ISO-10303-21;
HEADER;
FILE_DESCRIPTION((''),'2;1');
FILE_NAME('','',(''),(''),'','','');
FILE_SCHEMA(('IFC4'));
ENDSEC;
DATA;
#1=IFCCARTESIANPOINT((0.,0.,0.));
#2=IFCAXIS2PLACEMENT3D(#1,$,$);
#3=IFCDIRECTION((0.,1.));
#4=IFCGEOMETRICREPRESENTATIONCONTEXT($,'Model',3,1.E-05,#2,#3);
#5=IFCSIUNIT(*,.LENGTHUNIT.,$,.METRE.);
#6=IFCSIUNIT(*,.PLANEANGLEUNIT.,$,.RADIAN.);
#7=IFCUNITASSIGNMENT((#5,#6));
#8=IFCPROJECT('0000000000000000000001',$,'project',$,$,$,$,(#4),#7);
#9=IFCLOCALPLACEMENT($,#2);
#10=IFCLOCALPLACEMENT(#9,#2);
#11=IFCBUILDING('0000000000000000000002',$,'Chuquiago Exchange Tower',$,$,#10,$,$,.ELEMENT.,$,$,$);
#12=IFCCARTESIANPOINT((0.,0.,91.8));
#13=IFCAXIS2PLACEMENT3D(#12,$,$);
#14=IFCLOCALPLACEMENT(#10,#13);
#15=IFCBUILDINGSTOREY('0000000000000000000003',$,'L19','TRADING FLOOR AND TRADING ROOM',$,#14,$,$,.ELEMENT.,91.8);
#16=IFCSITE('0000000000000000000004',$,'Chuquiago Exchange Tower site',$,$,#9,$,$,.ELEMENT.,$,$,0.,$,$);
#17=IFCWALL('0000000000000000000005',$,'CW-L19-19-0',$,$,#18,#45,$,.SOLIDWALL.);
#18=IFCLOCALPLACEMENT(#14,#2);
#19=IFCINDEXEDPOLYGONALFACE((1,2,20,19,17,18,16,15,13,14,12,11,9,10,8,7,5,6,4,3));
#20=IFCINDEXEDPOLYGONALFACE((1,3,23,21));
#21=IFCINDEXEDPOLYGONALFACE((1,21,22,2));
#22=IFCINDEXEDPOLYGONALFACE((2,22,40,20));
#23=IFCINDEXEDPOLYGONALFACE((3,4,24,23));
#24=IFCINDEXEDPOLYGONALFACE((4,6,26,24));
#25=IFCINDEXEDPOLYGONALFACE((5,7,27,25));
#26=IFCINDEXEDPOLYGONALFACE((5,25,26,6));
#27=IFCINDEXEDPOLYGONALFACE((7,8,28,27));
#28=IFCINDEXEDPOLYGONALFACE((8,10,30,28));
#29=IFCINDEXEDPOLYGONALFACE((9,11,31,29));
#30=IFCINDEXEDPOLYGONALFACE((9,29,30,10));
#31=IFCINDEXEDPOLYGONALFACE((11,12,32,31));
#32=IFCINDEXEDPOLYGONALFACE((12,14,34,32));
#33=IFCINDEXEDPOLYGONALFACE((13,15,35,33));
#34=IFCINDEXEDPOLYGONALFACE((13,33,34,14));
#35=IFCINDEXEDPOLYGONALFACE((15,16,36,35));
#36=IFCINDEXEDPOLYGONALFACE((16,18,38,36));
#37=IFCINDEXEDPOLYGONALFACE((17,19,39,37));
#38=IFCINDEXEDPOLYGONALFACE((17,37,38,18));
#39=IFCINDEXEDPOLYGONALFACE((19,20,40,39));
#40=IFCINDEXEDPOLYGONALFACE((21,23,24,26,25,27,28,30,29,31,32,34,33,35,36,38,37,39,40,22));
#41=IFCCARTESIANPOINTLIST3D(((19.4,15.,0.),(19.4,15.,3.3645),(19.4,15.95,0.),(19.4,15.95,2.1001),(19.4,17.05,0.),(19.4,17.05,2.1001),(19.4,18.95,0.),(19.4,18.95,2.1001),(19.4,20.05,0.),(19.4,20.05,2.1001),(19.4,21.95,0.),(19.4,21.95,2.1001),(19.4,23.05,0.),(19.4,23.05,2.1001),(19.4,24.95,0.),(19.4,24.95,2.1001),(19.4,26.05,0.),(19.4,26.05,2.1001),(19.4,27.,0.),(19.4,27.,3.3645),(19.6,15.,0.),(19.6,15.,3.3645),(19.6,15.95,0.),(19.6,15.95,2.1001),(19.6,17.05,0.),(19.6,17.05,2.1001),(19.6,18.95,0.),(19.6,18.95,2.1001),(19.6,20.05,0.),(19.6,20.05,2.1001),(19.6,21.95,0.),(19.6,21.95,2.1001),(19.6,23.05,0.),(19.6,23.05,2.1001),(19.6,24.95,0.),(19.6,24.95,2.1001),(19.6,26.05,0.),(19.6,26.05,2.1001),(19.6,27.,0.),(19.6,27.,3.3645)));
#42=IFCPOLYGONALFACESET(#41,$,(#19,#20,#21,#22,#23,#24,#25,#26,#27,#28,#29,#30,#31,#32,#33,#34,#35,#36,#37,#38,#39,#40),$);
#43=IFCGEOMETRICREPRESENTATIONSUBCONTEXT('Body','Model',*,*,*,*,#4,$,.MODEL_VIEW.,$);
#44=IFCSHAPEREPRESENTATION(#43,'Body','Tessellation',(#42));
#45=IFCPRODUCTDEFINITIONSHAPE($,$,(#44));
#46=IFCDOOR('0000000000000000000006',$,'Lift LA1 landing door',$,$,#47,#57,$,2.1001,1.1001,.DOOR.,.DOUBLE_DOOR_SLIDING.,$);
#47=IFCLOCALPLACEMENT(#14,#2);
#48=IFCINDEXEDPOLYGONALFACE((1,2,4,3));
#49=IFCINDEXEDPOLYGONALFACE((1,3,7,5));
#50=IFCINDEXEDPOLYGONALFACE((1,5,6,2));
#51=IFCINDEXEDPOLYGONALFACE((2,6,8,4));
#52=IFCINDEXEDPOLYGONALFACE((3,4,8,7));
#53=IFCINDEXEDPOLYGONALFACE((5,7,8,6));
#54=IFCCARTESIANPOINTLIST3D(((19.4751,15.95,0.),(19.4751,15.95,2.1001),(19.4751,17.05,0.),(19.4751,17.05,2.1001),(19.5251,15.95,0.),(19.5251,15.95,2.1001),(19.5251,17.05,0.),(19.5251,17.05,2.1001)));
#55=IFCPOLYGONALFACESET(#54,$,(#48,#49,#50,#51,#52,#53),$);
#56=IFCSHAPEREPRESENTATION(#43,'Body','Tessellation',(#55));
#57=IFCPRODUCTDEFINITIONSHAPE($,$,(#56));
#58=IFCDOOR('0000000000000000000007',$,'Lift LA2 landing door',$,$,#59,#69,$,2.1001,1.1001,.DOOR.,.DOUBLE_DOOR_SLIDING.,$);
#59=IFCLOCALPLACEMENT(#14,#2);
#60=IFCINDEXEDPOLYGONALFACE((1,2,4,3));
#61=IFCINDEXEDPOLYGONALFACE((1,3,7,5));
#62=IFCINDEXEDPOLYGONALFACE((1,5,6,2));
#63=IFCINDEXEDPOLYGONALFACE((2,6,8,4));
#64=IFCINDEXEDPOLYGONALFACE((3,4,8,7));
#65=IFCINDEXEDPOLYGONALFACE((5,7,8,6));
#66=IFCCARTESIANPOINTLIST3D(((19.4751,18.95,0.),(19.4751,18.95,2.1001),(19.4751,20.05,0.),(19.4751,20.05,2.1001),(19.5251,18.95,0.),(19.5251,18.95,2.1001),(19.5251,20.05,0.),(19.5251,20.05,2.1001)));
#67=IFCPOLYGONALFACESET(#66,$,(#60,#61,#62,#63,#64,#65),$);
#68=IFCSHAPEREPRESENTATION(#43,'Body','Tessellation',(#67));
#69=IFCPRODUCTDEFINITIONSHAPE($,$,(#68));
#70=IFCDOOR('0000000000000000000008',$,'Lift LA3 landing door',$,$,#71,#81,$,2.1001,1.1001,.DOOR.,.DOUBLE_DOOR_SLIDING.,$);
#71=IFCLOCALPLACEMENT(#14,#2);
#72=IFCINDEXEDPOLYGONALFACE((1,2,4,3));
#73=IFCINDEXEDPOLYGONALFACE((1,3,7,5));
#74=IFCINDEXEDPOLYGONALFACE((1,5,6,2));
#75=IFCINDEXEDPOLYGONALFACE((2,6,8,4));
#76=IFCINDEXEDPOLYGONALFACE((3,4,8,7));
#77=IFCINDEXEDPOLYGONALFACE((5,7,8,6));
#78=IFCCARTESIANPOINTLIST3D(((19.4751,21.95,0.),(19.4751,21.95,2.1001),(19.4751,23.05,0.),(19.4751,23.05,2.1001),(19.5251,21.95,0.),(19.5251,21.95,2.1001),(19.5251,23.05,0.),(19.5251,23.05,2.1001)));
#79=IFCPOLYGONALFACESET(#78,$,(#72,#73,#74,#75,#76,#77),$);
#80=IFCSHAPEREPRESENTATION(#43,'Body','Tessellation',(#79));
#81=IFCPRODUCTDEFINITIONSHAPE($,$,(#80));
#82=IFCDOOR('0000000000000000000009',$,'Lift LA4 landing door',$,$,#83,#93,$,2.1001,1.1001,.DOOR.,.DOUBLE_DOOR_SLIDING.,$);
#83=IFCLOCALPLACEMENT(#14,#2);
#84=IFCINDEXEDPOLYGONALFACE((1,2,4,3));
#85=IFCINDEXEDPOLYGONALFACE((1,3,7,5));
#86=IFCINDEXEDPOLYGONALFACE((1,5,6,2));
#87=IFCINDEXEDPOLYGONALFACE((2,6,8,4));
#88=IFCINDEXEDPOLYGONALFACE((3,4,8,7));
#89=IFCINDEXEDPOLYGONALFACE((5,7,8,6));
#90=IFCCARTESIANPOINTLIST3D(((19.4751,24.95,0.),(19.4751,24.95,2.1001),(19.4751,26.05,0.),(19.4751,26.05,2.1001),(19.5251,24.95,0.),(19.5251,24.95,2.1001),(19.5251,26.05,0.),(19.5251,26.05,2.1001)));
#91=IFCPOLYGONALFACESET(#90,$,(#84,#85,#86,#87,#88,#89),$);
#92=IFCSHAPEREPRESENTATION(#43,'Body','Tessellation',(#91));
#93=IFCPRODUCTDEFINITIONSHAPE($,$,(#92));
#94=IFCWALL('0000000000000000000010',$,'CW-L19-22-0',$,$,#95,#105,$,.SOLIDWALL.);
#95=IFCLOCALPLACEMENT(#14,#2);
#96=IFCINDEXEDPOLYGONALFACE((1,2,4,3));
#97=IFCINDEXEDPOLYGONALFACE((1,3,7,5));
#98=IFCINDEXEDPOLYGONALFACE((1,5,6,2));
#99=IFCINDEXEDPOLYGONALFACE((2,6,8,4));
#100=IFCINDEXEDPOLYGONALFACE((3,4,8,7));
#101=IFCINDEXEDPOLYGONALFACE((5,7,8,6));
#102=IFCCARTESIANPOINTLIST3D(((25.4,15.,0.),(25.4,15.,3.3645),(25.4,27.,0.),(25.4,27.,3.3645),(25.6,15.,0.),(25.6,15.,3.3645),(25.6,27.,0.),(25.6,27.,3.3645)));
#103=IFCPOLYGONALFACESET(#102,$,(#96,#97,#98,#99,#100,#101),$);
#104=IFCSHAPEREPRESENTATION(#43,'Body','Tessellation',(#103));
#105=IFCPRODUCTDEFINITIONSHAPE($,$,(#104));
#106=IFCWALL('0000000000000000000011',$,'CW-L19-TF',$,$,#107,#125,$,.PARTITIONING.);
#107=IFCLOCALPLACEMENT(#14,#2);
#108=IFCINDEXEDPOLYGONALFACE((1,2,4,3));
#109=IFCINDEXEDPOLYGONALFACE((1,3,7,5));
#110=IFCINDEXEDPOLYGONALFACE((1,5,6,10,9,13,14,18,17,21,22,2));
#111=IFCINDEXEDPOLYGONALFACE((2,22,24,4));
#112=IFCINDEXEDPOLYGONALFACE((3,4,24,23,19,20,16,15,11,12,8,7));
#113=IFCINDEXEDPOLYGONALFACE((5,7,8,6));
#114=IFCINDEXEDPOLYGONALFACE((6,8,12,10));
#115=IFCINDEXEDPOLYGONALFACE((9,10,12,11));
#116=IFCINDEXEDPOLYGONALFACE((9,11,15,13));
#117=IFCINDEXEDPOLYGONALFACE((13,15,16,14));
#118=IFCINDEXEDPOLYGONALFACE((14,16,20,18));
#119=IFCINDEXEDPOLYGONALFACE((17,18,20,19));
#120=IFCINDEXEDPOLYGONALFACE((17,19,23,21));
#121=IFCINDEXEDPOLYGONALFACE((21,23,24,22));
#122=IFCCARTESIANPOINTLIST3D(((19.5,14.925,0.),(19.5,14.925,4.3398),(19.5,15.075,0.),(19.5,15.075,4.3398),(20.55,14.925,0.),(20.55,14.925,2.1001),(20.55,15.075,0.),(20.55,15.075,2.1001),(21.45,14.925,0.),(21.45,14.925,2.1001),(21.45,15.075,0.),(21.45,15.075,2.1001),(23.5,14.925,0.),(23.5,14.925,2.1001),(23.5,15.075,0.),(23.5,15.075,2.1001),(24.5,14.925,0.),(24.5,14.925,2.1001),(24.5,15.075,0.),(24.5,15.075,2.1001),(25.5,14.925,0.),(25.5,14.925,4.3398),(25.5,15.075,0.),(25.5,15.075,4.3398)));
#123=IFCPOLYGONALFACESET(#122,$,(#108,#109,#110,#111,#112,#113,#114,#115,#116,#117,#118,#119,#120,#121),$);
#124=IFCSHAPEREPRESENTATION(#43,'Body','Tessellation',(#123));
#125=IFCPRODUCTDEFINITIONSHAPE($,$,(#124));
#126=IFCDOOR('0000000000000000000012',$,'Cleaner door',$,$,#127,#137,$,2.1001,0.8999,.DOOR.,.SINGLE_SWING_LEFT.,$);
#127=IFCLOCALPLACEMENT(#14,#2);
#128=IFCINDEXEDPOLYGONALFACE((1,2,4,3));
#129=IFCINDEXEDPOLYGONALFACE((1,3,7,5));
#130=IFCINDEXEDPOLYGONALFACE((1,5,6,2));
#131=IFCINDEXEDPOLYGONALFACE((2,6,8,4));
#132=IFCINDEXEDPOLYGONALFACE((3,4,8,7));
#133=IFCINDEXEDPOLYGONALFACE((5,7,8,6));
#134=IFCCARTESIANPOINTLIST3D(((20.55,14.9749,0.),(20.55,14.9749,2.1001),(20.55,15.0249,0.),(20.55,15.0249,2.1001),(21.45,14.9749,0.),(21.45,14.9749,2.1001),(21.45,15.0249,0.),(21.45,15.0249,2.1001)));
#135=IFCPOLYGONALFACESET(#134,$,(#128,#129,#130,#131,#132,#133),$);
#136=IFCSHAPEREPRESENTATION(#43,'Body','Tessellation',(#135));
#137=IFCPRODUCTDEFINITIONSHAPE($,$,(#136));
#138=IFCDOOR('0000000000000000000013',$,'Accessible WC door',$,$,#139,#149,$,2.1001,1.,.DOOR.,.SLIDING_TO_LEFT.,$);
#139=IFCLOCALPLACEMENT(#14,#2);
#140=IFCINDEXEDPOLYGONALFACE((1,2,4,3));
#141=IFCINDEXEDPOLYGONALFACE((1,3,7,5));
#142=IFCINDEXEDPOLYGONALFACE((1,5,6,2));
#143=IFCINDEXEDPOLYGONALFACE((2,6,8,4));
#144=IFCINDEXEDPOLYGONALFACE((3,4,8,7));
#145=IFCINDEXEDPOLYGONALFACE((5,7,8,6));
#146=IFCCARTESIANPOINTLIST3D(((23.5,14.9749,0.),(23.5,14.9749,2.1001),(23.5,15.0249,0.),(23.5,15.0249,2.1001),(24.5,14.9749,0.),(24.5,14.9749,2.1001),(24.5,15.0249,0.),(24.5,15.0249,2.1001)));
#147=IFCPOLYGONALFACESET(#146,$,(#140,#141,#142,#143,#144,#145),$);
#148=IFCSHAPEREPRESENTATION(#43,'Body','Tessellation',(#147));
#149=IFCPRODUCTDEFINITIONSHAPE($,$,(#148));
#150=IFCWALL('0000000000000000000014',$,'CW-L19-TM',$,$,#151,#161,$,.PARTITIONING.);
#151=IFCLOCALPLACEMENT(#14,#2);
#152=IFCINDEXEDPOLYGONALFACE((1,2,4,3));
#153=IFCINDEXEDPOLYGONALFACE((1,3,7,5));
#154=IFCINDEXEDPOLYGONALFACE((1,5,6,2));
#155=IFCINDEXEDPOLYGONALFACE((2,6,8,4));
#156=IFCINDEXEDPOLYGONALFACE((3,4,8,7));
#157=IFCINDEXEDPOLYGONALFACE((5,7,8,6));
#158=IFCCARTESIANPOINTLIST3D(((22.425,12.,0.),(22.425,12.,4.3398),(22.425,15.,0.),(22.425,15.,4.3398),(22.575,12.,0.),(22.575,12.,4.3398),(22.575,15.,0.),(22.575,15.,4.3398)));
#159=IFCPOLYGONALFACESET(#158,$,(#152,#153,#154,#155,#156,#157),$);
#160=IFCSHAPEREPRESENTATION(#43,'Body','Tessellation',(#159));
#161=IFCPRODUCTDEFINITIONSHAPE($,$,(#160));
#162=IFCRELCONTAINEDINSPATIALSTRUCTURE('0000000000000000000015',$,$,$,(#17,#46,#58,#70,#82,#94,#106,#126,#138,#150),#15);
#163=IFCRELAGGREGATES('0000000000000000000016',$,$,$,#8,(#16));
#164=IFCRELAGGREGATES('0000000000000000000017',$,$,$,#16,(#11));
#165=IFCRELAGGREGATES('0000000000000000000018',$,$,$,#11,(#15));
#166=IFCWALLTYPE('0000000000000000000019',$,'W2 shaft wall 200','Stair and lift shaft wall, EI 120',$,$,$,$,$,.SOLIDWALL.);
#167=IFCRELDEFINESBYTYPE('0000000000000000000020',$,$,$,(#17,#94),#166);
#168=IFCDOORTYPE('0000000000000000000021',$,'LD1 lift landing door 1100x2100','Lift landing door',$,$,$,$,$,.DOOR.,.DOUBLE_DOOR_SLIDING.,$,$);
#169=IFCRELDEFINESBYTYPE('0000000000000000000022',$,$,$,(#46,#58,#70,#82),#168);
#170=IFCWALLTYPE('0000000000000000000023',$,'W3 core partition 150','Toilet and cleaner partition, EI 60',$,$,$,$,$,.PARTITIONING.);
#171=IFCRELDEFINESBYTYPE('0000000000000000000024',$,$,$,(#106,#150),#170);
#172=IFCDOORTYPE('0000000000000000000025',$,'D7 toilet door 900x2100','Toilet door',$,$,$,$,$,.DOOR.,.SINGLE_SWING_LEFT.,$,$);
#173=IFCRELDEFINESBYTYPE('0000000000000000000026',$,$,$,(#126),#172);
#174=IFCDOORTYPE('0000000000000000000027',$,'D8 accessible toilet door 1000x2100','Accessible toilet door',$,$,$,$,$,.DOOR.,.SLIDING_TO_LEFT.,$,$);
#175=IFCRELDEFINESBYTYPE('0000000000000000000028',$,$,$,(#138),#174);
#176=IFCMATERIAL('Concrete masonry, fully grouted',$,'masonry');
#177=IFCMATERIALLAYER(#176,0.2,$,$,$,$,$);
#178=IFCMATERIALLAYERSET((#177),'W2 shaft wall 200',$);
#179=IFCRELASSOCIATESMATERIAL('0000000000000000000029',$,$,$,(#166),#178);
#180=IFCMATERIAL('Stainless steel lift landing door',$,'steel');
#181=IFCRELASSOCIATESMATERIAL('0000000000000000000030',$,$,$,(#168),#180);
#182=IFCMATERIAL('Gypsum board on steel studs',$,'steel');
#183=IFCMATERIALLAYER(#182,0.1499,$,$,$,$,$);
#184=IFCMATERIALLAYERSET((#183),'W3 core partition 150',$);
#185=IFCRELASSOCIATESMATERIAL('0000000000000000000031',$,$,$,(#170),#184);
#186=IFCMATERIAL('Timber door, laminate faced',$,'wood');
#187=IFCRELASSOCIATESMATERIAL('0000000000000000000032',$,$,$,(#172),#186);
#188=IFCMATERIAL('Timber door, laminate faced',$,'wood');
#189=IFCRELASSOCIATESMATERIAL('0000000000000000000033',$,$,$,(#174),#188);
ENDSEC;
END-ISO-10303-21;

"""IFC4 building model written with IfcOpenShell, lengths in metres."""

from ifc_helpers import new_model, si_unit, direction, frame, frame_2d, origin, place, context, subcontext, project, spatial, rectangle, extrude, material, layer, layer_set, type_object, element, fill, save


model = new_model("IFC4")

# Units and contexts
model_context = context("Model", 3, precision=1e-05, world=origin(), true_north=direction((0.0, 1.0)))
body_context = subcontext(model_context, "Body", "Model", "MODEL_VIEW")
ifc_project = project(units=[si_unit("LENGTHUNIT", "METRE"), si_unit("PLANEANGLEUNIT", "RADIAN")], contexts=[model_context])

# Site, building, storey
site_placement = place(None, origin())
site = spatial("IfcSite", under=ifc_project, at=site_placement, Name="Chuquiago Exchange Tower site", CompositionType="ELEMENT", RefElevation=0.0)
building_placement = place(site_placement, origin())
building = spatial("IfcBuilding", under=site, at=building_placement, Name="Chuquiago Exchange Tower", CompositionType="ELEMENT")
storey_placement = place(building_placement, frame((0.0, 0.0, 91.8)))
storey = spatial("IfcBuildingStorey", under=building, at=storey_placement, Name="L19", Description="TRADING FLOOR AND TRADING ROOM", CompositionType="ELEMENT", Elevation=91.8)

# Shared definitions
ifc_material_1 = material(Name="Concrete masonry, fully grouted", Category="masonry")
ifc_layer_1 = layer(ifc_material_1, 0.2)
ifc_layer_set_1 = layer_set([ifc_layer_1], Name="W2 shaft wall 200")
wall_type_1 = type_object("IfcWallType", Name="W2 shaft wall 200", Description="Stair and lift shaft wall, EI 120", PredefinedType="SOLIDWALL", material=ifc_layer_set_1)

# Wall, openings, doors
wall_1_placement = place(storey_placement, frame((19.5, 15.0, 0.0), z_axis=(0.0, 0.0, 1.0), x_axis=(0.0, 1.0, 0.0)))
wall_1 = element("IfcWall", 1, at=wall_1_placement, inside=storey, type_object=wall_type_1, Name="CW-L19-19-0", PredefinedType="SOLIDWALL", context=body_context, shape_type="SweptSolid", body=[
    extrude(rectangle(XDim=12.0, YDim=0.2, at=frame_2d((6.0, 0.0))), origin(), (0.0, 0.0, 1.0), 3.3645),
])
opening_1_placement = place(wall_1_placement, frame((0.95, 0.0, 0.0)))
opening_1 = element("IfcOpeningElement", 2, at=opening_1_placement, cuts=wall_1, PredefinedType="OPENING", context=body_context, shape_type="SweptSolid", body=[
    extrude(rectangle(XDim=1.1001, YDim=2.1001, at=frame_2d((0.55, 1.05))), frame((0.0, 0.1099, 0.0), z_axis=(0.0, -1.0, 0.0), x_axis=(1.0, 0.0, 0.0)), (0.0, 0.0, 1.0), 0.22),
])
opening_2_placement = place(wall_1_placement, frame((3.95, 0.0, 0.0)))
opening_2 = element("IfcOpeningElement", 3, at=opening_2_placement, cuts=wall_1, PredefinedType="OPENING", context=body_context, shape_type="SweptSolid", body=[
    extrude(rectangle(XDim=1.1001, YDim=2.1001, at=frame_2d((0.55, 1.05))), frame((0.0, 0.1099, 0.0), z_axis=(0.0, -1.0, 0.0), x_axis=(1.0, 0.0, 0.0)), (0.0, 0.0, 1.0), 0.22),
])
opening_3_placement = place(wall_1_placement, frame((6.95, 0.0, 0.0)))
opening_3 = element("IfcOpeningElement", 4, at=opening_3_placement, cuts=wall_1, PredefinedType="OPENING", context=body_context, shape_type="SweptSolid", body=[
    extrude(rectangle(XDim=1.1001, YDim=2.1001, at=frame_2d((0.55, 1.05))), frame((0.0, 0.1099, 0.0), z_axis=(0.0, -1.0, 0.0), x_axis=(1.0, 0.0, 0.0)), (0.0, 0.0, 1.0), 0.22),
])
opening_4_placement = place(wall_1_placement, frame((9.95, 0.0, 0.0)))
opening_4 = element("IfcOpeningElement", 5, at=opening_4_placement, cuts=wall_1, PredefinedType="OPENING", context=body_context, shape_type="SweptSolid", body=[
    extrude(rectangle(XDim=1.1001, YDim=2.1001, at=frame_2d((0.55, 1.05))), frame((0.0, 0.1099, 0.0), z_axis=(0.0, -1.0, 0.0), x_axis=(1.0, 0.0, 0.0)), (0.0, 0.0, 1.0), 0.22),
])
ifc_material_2 = material(Name="Stainless steel lift landing door", Category="steel")
door_type_1 = type_object("IfcDoorType", Name="LD1 lift landing door 1100x2100", Description="Lift landing door", OperationType="DOUBLE_DOOR_SLIDING", PredefinedType="DOOR", material=ifc_material_2)
door_1_placement = place(opening_1_placement, origin())
door_1 = element("IfcDoor", 6, at=door_1_placement, inside=storey, type_object=door_type_1, Name="Lift LA1 landing door", OperationType="DOUBLE_DOOR_SLIDING", OverallHeight=2.1001, OverallWidth=1.1001, PredefinedType="DOOR", context=body_context, shape_type="SweptSolid", body=[
    extrude(rectangle(XDim=1.1001, YDim=2.1001, at=frame_2d((0.55, 1.05))), frame((0.0, 0.0249, 0.0), z_axis=(0.0, -1.0, 0.0), x_axis=(1.0, 0.0, 0.0)), (0.0, 0.0, 1.0), 0.05),
])
fill(opening_1, door_1)
door_2_placement = place(opening_2_placement, origin())
door_2 = element("IfcDoor", 7, at=door_2_placement, inside=storey, type_object=door_type_1, Name="Lift LA2 landing door", OperationType="DOUBLE_DOOR_SLIDING", OverallHeight=2.1001, OverallWidth=1.1001, PredefinedType="DOOR", context=body_context, shape_type="SweptSolid", body=[
    extrude(rectangle(XDim=1.1001, YDim=2.1001, at=frame_2d((0.55, 1.05))), frame((0.0, 0.0249, 0.0), z_axis=(0.0, -1.0, 0.0), x_axis=(1.0, 0.0, 0.0)), (0.0, 0.0, 1.0), 0.05),
])
fill(opening_2, door_2)
door_3_placement = place(opening_3_placement, origin())
door_3 = element("IfcDoor", 8, at=door_3_placement, inside=storey, type_object=door_type_1, Name="Lift LA3 landing door", OperationType="DOUBLE_DOOR_SLIDING", OverallHeight=2.1001, OverallWidth=1.1001, PredefinedType="DOOR", context=body_context, shape_type="SweptSolid", body=[
    extrude(rectangle(XDim=1.1001, YDim=2.1001, at=frame_2d((0.55, 1.05))), frame((0.0, 0.0249, 0.0), z_axis=(0.0, -1.0, 0.0), x_axis=(1.0, 0.0, 0.0)), (0.0, 0.0, 1.0), 0.05),
])
fill(opening_3, door_3)
door_4_placement = place(opening_4_placement, origin())
door_4 = element("IfcDoor", 9, at=door_4_placement, inside=storey, type_object=door_type_1, Name="Lift LA4 landing door", OperationType="DOUBLE_DOOR_SLIDING", OverallHeight=2.1001, OverallWidth=1.1001, PredefinedType="DOOR", context=body_context, shape_type="SweptSolid", body=[
    extrude(rectangle(XDim=1.1001, YDim=2.1001, at=frame_2d((0.55, 1.05))), frame((0.0, 0.0249, 0.0), z_axis=(0.0, -1.0, 0.0), x_axis=(1.0, 0.0, 0.0)), (0.0, 0.0, 1.0), 0.05),
])
fill(opening_4, door_4)

# Wall
wall_2_placement = place(storey_placement, frame((25.5, 15.0, 0.0), z_axis=(0.0, 0.0, 1.0), x_axis=(0.0, 1.0, 0.0)))
element("IfcWall", 10, at=wall_2_placement, inside=storey, type_object=wall_type_1, Name="CW-L19-22-0", PredefinedType="SOLIDWALL", context=body_context, shape_type="SweptSolid", body=[
    extrude(rectangle(XDim=12.0, YDim=0.2, at=frame_2d((6.0, 0.0))), origin(), (0.0, 0.0, 1.0), 3.3645),
])

# Wall, openings, doors
ifc_material_3 = material(Name="Gypsum board on steel studs", Category="steel")
ifc_layer_2 = layer(ifc_material_3, 0.1499)
ifc_layer_set_2 = layer_set([ifc_layer_2], Name="W3 core partition 150")
wall_type_2 = type_object("IfcWallType", Name="W3 core partition 150", Description="Toilet and cleaner partition, EI 60", PredefinedType="PARTITIONING", material=ifc_layer_set_2)
wall_3_placement = place(storey_placement, frame((19.5, 15.0, 0.0), z_axis=(0.0, 0.0, 1.0), x_axis=(1.0, 0.0, 0.0)))
wall_3 = element("IfcWall", 11, at=wall_3_placement, inside=storey, type_object=wall_type_2, Name="CW-L19-TF", PredefinedType="PARTITIONING", context=body_context, shape_type="SweptSolid", body=[
    extrude(rectangle(XDim=6.0, YDim=0.1499, at=frame_2d((3.0, 0.0))), origin(), (0.0, 0.0, 1.0), 4.3398),
])
opening_5_placement = place(wall_3_placement, frame((4.0, 0.0, 0.0)))
opening_5 = element("IfcOpeningElement", 12, at=opening_5_placement, cuts=wall_3, PredefinedType="OPENING", context=body_context, shape_type="SweptSolid", body=[
    extrude(rectangle(XDim=1.0, YDim=2.1001, at=frame_2d((0.5, 1.05))), frame((0.0, 0.085, 0.0), z_axis=(0.0, -1.0, 0.0), x_axis=(1.0, 0.0, 0.0)), (0.0, 0.0, 1.0), 0.1699),
])
opening_6_placement = place(wall_3_placement, frame((1.05, 0.0, 0.0)))
opening_6 = element("IfcOpeningElement", 13, at=opening_6_placement, cuts=wall_3, PredefinedType="OPENING", context=body_context, shape_type="SweptSolid", body=[
    extrude(rectangle(XDim=0.8999, YDim=2.1001, at=frame_2d((0.45, 1.05))), frame((0.0, 0.085, 0.0), z_axis=(0.0, -1.0, 0.0), x_axis=(1.0, 0.0, 0.0)), (0.0, 0.0, 1.0), 0.1699),
])
ifc_material_4 = material(Name="Timber door, laminate faced", Category="wood")
door_type_2 = type_object("IfcDoorType", Name="D7 toilet door 900x2100", Description="Toilet door", OperationType="SINGLE_SWING_LEFT", PredefinedType="DOOR", material=ifc_material_4)
door_5_placement = place(opening_6_placement, origin())
door_5 = element("IfcDoor", 14, at=door_5_placement, inside=storey, type_object=door_type_2, Name="Cleaner door", OperationType="SINGLE_SWING_LEFT", OverallHeight=2.1001, OverallWidth=0.8999, PredefinedType="DOOR", context=body_context, shape_type="SweptSolid", body=[
    extrude(rectangle(XDim=0.8999, YDim=2.1001, at=frame_2d((0.45, 1.05))), frame((0.0, 0.0249, 0.0), z_axis=(0.0, -1.0, 0.0), x_axis=(1.0, 0.0, 0.0)), (0.0, 0.0, 1.0), 0.05),
])
fill(opening_6, door_5)
ifc_material_5 = material(Name="Timber door, laminate faced", Category="wood")
door_type_3 = type_object("IfcDoorType", Name="D8 accessible toilet door 1000x2100", Description="Accessible toilet door", OperationType="SLIDING_TO_LEFT", PredefinedType="DOOR", material=ifc_material_5)
door_6_placement = place(opening_5_placement, origin())
door_6 = element("IfcDoor", 15, at=door_6_placement, inside=storey, type_object=door_type_3, Name="Accessible WC door", OperationType="SLIDING_TO_LEFT", OverallHeight=2.1001, OverallWidth=1.0, PredefinedType="DOOR", context=body_context, shape_type="SweptSolid", body=[
    extrude(rectangle(XDim=1.0, YDim=2.1001, at=frame_2d((0.5, 1.05))), frame((0.0, 0.0249, 0.0), z_axis=(0.0, -1.0, 0.0), x_axis=(1.0, 0.0, 0.0)), (0.0, 0.0, 1.0), 0.05),
])
fill(opening_5, door_6)

# Wall
wall_4_placement = place(storey_placement, frame((22.5, 15.0, 0.0), z_axis=(0.0, 0.0, 1.0), x_axis=(0.0, -1.0, 0.0)))
element("IfcWall", 16, at=wall_4_placement, inside=storey, type_object=wall_type_2, Name="CW-L19-TM", PredefinedType="PARTITIONING", context=body_context, shape_type="SweptSolid", body=[
    extrude(rectangle(XDim=3.0, YDim=0.1499, at=frame_2d((1.5, 0.0))), origin(), (0.0, 0.0, 1.0), 4.3398),
])

save(model, "model.ifc")
